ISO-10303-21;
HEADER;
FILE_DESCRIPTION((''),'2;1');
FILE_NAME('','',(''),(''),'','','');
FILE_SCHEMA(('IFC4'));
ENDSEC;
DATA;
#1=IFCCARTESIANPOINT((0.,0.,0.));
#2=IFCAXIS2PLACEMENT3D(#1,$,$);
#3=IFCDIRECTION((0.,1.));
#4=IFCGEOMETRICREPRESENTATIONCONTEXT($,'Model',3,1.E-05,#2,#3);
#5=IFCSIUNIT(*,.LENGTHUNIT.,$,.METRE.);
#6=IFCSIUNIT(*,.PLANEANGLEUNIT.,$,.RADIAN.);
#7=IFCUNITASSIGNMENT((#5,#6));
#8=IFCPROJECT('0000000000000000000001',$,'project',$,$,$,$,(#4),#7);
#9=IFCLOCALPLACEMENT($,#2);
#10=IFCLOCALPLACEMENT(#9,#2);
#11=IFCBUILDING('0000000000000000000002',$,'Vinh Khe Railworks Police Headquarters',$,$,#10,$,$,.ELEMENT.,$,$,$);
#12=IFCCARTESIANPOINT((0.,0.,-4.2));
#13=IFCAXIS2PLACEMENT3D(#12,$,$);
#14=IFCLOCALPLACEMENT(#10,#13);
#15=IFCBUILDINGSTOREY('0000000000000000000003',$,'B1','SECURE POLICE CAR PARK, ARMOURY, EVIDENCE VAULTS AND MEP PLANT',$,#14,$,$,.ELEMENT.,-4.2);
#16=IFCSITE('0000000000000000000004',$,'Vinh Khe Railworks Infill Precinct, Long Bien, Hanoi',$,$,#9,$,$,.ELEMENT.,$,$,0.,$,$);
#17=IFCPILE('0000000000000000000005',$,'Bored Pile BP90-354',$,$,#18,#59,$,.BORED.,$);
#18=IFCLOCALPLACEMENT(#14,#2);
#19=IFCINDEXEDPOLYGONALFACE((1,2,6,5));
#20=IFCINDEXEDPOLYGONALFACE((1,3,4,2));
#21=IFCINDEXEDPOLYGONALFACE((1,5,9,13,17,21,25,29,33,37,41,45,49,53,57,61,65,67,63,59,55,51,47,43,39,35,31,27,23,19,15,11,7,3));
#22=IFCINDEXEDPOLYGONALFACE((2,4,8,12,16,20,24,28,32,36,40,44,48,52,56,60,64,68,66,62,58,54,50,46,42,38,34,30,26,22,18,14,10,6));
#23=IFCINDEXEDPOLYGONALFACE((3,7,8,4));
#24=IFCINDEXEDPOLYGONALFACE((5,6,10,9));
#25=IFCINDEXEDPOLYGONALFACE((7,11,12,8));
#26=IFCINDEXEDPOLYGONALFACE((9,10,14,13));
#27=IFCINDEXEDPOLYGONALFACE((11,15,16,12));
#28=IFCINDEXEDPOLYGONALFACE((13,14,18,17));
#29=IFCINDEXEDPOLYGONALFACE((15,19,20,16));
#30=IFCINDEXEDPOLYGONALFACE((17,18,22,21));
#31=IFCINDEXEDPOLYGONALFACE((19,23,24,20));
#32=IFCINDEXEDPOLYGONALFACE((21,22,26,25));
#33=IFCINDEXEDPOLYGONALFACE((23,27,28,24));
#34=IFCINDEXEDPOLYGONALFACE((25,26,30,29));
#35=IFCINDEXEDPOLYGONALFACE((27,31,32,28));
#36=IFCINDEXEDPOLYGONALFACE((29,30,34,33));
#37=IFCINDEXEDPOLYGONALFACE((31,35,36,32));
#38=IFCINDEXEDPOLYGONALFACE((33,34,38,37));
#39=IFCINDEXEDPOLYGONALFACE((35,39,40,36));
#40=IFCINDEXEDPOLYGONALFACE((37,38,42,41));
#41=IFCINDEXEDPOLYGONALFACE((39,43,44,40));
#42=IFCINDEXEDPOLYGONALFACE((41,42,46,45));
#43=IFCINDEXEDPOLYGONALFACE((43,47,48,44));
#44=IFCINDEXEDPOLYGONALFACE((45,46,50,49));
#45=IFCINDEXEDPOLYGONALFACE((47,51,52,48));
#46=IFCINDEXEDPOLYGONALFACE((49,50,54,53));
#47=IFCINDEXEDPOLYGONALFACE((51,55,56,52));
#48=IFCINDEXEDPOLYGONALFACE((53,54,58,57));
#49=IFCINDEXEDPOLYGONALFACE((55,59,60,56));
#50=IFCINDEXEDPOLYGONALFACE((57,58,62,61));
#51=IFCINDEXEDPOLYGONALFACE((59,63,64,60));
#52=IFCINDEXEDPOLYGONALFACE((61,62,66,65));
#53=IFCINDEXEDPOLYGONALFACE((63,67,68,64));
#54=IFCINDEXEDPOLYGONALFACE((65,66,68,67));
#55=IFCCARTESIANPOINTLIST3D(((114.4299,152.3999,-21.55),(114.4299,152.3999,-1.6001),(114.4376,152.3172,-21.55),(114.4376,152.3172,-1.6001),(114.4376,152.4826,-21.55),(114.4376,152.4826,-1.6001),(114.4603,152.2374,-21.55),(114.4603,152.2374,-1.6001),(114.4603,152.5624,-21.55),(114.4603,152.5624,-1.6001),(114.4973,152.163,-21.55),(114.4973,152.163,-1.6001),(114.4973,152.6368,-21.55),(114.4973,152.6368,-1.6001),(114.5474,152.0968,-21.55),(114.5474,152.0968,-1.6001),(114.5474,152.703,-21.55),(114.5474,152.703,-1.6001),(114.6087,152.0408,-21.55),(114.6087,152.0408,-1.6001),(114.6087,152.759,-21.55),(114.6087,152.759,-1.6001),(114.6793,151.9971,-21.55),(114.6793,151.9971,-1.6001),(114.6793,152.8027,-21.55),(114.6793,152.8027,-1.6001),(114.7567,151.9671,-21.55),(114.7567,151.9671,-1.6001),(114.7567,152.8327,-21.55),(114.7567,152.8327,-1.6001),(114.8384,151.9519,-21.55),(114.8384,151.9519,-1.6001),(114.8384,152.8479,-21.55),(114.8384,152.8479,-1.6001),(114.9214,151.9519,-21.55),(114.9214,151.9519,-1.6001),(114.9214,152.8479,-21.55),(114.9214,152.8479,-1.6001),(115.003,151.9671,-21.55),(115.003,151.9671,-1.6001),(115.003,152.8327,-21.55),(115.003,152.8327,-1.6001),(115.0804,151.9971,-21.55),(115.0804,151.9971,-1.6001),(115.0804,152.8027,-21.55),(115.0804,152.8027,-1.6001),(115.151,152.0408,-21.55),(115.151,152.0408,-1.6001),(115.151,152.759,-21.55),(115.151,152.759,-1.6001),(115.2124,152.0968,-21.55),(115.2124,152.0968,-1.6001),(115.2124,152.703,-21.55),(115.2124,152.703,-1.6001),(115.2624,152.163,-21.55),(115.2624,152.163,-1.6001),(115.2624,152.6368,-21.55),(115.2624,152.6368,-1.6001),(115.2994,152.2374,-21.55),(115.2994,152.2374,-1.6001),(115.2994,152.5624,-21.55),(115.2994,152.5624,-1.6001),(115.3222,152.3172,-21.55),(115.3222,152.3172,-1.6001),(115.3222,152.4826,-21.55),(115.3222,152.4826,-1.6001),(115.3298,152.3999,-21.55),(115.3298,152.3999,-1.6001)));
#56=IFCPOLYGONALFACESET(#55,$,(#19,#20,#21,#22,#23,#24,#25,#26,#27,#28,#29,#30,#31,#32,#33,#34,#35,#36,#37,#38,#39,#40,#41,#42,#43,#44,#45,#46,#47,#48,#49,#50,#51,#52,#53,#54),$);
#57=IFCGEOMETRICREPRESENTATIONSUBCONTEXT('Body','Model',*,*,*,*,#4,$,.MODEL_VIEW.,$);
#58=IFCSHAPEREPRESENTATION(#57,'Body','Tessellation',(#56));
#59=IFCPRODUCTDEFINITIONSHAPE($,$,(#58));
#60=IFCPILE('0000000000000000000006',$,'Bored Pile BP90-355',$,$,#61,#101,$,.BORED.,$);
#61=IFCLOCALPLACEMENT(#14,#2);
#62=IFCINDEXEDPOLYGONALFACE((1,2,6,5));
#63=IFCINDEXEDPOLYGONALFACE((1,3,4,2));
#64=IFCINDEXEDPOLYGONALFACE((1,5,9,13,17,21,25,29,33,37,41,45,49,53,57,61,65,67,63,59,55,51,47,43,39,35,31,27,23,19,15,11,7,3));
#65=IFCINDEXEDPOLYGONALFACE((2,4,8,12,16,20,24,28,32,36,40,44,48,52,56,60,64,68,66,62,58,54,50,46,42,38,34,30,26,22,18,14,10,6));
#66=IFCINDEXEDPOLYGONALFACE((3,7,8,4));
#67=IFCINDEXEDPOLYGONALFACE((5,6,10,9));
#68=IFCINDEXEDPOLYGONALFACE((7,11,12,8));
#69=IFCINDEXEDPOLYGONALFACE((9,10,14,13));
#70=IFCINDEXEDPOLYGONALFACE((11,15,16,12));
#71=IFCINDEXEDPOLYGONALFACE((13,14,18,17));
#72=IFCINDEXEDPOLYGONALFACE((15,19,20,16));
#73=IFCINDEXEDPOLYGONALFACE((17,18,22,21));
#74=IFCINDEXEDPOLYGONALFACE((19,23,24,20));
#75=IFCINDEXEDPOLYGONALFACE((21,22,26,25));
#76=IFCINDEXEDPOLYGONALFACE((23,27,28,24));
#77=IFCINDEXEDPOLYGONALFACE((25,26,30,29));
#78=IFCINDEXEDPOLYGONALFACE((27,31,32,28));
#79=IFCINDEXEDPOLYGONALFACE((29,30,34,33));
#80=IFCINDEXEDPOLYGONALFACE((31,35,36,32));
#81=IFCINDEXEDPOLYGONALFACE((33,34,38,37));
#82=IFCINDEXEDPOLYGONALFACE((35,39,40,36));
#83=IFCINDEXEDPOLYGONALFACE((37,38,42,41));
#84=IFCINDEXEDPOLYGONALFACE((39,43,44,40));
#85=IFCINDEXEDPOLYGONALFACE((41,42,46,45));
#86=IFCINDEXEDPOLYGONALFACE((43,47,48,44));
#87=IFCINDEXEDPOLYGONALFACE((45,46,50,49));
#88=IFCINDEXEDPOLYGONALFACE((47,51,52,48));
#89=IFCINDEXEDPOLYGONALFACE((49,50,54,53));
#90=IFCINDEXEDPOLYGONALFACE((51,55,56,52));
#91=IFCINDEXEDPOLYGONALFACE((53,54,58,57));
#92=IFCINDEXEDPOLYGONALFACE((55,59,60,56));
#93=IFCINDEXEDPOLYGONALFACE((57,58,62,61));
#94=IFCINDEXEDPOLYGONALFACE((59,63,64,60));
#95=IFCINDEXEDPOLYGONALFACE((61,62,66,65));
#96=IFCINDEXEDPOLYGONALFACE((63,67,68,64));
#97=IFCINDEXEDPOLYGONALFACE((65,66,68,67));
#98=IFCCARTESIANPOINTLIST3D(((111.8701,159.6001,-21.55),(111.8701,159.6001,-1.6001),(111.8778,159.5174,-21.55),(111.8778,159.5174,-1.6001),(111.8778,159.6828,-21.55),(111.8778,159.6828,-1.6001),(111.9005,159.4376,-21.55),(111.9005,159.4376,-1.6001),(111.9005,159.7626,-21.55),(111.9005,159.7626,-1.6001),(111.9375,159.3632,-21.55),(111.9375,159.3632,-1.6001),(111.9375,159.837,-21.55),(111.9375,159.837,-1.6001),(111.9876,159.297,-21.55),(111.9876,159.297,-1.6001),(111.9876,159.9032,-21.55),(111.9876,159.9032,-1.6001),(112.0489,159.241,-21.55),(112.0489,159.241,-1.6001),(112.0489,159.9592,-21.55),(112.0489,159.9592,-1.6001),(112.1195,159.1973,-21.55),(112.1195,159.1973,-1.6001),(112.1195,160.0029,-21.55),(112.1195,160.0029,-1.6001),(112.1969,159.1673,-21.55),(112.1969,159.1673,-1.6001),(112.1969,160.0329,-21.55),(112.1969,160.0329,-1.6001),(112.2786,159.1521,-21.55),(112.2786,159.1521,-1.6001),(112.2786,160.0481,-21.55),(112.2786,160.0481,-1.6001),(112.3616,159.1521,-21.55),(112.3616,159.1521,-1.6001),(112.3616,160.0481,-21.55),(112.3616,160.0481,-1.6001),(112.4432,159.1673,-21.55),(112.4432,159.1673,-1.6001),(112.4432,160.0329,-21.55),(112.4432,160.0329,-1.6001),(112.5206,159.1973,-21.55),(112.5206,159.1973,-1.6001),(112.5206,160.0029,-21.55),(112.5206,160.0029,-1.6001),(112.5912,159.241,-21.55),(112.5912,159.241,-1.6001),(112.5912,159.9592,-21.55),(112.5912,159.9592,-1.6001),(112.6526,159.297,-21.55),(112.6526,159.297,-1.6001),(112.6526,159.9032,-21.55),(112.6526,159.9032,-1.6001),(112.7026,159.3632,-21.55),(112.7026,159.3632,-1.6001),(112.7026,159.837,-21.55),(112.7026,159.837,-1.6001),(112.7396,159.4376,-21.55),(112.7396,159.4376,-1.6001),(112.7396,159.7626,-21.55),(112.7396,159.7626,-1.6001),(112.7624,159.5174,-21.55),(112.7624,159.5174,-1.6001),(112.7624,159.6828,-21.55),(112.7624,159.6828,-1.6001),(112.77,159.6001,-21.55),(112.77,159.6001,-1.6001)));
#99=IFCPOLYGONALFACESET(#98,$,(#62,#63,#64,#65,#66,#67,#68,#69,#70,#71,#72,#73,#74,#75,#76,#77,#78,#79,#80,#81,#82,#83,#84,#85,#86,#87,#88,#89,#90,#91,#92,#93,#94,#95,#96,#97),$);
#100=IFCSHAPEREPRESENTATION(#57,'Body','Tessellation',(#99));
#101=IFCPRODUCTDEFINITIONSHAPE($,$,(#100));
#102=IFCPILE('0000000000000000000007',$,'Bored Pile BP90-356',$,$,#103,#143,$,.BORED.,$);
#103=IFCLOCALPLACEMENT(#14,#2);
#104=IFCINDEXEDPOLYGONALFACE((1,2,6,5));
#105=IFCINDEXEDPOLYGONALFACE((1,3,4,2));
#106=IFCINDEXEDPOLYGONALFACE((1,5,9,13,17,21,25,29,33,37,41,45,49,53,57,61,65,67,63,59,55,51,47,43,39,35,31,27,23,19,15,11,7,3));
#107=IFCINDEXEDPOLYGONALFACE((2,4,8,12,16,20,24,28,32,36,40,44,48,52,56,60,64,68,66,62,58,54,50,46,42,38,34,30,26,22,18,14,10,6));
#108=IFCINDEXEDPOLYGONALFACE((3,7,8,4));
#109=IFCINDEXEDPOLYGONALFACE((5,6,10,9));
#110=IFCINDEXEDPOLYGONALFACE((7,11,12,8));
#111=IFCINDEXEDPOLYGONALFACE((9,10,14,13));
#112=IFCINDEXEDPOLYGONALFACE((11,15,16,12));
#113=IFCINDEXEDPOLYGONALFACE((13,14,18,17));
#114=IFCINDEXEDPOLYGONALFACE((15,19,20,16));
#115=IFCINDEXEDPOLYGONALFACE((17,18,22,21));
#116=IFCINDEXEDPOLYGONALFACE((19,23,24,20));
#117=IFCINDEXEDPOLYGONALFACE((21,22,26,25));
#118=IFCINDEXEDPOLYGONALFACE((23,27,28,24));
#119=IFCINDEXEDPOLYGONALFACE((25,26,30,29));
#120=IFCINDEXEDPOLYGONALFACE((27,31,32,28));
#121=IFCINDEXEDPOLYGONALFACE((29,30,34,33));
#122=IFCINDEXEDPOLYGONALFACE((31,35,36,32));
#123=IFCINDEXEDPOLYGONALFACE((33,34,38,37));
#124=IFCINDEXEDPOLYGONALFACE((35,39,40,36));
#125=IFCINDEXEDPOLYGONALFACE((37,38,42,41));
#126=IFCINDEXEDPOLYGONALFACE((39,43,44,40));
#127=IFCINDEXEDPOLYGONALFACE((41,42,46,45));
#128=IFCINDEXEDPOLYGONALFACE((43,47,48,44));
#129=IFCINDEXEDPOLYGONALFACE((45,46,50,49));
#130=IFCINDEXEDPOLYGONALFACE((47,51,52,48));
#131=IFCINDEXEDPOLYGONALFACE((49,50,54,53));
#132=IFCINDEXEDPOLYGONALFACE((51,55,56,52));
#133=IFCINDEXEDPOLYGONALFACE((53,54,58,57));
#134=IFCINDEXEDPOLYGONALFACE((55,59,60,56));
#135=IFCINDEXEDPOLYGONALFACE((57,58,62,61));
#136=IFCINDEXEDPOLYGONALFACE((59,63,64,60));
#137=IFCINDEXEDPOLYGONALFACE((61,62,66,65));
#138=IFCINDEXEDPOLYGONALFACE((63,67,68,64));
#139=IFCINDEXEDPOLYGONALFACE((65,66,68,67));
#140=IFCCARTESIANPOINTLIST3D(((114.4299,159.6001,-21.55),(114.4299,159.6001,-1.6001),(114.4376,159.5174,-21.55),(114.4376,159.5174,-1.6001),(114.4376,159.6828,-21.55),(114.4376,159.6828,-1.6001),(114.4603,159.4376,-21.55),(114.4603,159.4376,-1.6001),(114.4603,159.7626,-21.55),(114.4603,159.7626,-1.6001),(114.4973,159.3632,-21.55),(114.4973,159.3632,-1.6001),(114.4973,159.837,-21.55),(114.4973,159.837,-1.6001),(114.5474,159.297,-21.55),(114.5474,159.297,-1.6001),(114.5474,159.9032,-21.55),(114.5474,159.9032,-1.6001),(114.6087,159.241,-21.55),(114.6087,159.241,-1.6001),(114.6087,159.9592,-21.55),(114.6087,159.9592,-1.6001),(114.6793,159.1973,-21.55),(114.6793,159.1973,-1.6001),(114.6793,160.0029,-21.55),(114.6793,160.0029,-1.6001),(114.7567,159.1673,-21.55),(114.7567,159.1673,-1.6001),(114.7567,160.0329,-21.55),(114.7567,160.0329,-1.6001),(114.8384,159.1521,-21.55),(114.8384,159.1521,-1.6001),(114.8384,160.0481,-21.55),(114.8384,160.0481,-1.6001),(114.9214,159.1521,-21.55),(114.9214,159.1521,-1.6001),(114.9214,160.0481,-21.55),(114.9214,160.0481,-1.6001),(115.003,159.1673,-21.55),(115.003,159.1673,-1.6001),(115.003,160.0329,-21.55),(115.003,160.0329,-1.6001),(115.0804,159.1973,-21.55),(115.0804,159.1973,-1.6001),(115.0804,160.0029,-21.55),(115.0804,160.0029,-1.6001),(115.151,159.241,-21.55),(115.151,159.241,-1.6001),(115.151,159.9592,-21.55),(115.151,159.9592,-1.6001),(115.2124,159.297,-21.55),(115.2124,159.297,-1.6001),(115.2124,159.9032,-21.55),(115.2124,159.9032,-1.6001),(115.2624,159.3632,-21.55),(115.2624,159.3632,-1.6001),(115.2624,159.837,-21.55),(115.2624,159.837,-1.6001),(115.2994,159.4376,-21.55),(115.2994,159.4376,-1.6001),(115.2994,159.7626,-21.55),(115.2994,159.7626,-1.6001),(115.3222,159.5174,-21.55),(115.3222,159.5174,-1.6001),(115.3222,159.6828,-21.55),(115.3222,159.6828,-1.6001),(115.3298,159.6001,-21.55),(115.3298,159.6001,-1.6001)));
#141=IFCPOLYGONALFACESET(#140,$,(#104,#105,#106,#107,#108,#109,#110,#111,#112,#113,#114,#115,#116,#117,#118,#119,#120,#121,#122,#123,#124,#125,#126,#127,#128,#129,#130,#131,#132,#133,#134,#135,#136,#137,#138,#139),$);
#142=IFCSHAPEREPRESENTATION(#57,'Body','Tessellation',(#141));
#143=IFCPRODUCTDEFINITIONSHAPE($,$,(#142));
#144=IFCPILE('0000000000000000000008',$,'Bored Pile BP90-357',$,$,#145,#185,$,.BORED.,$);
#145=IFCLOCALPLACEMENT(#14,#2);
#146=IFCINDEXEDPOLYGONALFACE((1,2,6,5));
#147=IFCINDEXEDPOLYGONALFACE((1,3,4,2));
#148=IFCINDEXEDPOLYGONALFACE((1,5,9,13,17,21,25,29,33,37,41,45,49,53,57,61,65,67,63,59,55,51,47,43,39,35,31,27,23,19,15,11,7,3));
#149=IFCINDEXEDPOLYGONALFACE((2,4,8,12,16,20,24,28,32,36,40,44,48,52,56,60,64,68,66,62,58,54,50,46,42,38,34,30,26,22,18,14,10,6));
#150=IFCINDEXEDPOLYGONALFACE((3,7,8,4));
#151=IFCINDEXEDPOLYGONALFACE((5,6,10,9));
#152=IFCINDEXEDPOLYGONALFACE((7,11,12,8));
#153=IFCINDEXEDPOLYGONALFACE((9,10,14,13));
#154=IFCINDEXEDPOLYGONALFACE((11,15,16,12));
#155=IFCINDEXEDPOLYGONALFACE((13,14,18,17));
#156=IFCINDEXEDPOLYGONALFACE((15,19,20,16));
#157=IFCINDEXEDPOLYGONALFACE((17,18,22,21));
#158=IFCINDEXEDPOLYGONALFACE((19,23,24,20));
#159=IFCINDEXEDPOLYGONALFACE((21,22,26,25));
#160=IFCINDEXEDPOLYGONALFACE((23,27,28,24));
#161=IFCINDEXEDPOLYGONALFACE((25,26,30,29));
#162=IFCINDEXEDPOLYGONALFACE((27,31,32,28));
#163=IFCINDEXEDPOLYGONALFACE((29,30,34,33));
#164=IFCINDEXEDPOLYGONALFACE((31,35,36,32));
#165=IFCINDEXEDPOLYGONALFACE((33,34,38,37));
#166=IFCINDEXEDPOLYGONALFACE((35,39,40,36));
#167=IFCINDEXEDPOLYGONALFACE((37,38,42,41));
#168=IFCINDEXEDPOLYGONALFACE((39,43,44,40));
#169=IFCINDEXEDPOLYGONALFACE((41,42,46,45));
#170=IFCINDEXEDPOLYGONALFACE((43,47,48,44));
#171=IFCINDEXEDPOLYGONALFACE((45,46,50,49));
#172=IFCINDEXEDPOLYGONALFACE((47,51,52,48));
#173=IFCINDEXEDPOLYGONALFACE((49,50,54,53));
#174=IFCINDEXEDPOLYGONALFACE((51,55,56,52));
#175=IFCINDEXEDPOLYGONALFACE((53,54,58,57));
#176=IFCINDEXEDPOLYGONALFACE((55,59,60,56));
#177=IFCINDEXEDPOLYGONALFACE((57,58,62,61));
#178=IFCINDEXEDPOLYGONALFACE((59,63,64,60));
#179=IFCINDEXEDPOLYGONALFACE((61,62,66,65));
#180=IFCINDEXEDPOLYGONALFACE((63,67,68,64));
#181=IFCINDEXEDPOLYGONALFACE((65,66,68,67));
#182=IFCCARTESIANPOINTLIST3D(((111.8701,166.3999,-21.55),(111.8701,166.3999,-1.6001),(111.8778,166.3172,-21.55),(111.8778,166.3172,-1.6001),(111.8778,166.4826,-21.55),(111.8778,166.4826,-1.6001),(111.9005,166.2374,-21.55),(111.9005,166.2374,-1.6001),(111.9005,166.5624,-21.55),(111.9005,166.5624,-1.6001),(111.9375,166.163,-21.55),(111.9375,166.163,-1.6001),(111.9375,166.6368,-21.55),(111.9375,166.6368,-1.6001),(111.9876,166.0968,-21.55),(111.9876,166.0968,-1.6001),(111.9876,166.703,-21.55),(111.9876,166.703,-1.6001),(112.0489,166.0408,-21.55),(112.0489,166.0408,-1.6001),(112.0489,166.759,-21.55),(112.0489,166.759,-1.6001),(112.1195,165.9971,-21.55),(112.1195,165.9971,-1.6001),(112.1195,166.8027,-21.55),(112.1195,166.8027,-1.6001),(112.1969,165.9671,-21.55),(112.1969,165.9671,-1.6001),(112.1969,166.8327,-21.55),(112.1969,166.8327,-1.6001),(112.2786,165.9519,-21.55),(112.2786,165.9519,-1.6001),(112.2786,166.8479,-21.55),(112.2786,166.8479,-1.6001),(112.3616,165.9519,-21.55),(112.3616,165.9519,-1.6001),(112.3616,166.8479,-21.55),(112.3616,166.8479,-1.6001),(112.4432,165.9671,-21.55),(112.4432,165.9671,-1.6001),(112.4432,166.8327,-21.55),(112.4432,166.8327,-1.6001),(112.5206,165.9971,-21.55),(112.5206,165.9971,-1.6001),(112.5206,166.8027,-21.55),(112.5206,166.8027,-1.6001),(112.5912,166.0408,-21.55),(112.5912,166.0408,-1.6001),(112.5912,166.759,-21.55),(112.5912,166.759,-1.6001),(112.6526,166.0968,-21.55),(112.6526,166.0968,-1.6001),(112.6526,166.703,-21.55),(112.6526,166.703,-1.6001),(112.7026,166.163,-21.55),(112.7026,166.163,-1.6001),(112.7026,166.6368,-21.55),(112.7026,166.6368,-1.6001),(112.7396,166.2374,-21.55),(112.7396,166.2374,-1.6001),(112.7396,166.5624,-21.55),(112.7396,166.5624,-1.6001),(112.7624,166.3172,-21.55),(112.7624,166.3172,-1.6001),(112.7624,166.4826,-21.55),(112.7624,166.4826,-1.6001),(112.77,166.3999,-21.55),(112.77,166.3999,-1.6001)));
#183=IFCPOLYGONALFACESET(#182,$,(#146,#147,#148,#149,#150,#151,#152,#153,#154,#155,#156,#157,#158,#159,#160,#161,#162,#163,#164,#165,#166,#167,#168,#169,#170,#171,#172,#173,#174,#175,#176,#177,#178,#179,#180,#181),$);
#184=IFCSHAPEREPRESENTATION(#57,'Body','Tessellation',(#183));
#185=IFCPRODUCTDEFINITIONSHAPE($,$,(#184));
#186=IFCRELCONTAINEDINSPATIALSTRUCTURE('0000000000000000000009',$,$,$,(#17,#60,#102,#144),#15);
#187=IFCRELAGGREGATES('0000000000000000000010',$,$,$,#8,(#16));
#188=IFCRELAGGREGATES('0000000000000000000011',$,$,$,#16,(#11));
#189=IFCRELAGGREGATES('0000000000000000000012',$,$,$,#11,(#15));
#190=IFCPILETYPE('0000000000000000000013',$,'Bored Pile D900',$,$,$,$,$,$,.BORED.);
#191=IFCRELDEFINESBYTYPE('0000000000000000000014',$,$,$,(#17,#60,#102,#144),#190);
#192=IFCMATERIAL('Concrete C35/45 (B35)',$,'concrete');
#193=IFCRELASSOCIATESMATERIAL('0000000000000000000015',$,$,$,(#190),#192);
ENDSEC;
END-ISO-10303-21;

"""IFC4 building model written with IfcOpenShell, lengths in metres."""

from ifc_helpers import new_model, si_unit, direction, frame, origin, origin_2d, place, context, subcontext, project, spatial, circle, extrude, material, material_profile, profile_set, type_object, element, save


model = new_model("IFC4")

# Units and contexts
model_context = context("Model", 3, precision=1e-05, world=origin(), true_north=direction((0.0, 1.0)))
body_context = subcontext(model_context, "Body", "Model", "MODEL_VIEW")
ifc_project = project(units=[si_unit("LENGTHUNIT", "METRE"), si_unit("PLANEANGLEUNIT", "RADIAN")], contexts=[model_context])

# Site, building, storey
site_placement = place(None, origin())
site = spatial("IfcSite", under=ifc_project, at=site_placement, Name="Vinh Khe Railworks Infill Precinct, Long Bien, Hanoi", CompositionType="ELEMENT", RefElevation=0.0)
building_placement = place(site_placement, origin())
building = spatial("IfcBuilding", under=site, at=building_placement, Name="Vinh Khe Railworks Police Headquarters", CompositionType="ELEMENT")
storey_placement = place(building_placement, frame((0.0, 0.0, -4.2)))
storey = spatial("IfcBuildingStorey", under=building, at=storey_placement, Name="B1", Description="SECURE POLICE CAR PARK, ARMOURY, EVIDENCE VAULTS AND MEP PLANT", CompositionType="ELEMENT", Elevation=-4.2)

# Piles
ifc_material_1 = material(Name="Concrete C35/45 (B35)", Category="concrete")
ifc_material_profile_1 = material_profile(ifc_material_1, circle(Radius=0.45, at=origin_2d()), Name="BORED PILE D900")
ifc_profile_set_1 = profile_set([ifc_material_profile_1], Name="Concrete C35/45 (B35)")
pile_type = type_object("IfcPileType", Name="Bored Pile D900", PredefinedType="BORED", material=ifc_profile_set_1)
for number, where, z_axis, x_axis, name in (
    (1, (114.8799, 152.3999, -1.6001), (0.0, 0.0, -1.0), (1.0, 0.0, 0.0), "Bored Pile BP90-354"),
    (2, (112.3201, 159.6001, -1.6001), (0.0, 0.0, -1.0), (1.0, 0.0, 0.0), "Bored Pile BP90-355"),
    (3, (114.8799, 159.6001, -1.6001), (0.0, 0.0, -1.0), (1.0, 0.0, 0.0), "Bored Pile BP90-356"),
    (4, (112.3201, 166.3999, -1.6001), (0.0, 0.0, -1.0), (1.0, 0.0, 0.0), "Bored Pile BP90-357"),
):
    element("IfcPile", number, at=place(storey_placement, frame(where, z_axis=z_axis, x_axis=x_axis)), inside=storey, type_object=pile_type, Name=name, PredefinedType="BORED", context=body_context, shape_type="SweptSolid", body=[
        extrude(circle(Radius=0.45, at=origin_2d()), origin(), (0.0, 0.0, 1.0), 19.95),
    ])

save(model, "model.ifc")
